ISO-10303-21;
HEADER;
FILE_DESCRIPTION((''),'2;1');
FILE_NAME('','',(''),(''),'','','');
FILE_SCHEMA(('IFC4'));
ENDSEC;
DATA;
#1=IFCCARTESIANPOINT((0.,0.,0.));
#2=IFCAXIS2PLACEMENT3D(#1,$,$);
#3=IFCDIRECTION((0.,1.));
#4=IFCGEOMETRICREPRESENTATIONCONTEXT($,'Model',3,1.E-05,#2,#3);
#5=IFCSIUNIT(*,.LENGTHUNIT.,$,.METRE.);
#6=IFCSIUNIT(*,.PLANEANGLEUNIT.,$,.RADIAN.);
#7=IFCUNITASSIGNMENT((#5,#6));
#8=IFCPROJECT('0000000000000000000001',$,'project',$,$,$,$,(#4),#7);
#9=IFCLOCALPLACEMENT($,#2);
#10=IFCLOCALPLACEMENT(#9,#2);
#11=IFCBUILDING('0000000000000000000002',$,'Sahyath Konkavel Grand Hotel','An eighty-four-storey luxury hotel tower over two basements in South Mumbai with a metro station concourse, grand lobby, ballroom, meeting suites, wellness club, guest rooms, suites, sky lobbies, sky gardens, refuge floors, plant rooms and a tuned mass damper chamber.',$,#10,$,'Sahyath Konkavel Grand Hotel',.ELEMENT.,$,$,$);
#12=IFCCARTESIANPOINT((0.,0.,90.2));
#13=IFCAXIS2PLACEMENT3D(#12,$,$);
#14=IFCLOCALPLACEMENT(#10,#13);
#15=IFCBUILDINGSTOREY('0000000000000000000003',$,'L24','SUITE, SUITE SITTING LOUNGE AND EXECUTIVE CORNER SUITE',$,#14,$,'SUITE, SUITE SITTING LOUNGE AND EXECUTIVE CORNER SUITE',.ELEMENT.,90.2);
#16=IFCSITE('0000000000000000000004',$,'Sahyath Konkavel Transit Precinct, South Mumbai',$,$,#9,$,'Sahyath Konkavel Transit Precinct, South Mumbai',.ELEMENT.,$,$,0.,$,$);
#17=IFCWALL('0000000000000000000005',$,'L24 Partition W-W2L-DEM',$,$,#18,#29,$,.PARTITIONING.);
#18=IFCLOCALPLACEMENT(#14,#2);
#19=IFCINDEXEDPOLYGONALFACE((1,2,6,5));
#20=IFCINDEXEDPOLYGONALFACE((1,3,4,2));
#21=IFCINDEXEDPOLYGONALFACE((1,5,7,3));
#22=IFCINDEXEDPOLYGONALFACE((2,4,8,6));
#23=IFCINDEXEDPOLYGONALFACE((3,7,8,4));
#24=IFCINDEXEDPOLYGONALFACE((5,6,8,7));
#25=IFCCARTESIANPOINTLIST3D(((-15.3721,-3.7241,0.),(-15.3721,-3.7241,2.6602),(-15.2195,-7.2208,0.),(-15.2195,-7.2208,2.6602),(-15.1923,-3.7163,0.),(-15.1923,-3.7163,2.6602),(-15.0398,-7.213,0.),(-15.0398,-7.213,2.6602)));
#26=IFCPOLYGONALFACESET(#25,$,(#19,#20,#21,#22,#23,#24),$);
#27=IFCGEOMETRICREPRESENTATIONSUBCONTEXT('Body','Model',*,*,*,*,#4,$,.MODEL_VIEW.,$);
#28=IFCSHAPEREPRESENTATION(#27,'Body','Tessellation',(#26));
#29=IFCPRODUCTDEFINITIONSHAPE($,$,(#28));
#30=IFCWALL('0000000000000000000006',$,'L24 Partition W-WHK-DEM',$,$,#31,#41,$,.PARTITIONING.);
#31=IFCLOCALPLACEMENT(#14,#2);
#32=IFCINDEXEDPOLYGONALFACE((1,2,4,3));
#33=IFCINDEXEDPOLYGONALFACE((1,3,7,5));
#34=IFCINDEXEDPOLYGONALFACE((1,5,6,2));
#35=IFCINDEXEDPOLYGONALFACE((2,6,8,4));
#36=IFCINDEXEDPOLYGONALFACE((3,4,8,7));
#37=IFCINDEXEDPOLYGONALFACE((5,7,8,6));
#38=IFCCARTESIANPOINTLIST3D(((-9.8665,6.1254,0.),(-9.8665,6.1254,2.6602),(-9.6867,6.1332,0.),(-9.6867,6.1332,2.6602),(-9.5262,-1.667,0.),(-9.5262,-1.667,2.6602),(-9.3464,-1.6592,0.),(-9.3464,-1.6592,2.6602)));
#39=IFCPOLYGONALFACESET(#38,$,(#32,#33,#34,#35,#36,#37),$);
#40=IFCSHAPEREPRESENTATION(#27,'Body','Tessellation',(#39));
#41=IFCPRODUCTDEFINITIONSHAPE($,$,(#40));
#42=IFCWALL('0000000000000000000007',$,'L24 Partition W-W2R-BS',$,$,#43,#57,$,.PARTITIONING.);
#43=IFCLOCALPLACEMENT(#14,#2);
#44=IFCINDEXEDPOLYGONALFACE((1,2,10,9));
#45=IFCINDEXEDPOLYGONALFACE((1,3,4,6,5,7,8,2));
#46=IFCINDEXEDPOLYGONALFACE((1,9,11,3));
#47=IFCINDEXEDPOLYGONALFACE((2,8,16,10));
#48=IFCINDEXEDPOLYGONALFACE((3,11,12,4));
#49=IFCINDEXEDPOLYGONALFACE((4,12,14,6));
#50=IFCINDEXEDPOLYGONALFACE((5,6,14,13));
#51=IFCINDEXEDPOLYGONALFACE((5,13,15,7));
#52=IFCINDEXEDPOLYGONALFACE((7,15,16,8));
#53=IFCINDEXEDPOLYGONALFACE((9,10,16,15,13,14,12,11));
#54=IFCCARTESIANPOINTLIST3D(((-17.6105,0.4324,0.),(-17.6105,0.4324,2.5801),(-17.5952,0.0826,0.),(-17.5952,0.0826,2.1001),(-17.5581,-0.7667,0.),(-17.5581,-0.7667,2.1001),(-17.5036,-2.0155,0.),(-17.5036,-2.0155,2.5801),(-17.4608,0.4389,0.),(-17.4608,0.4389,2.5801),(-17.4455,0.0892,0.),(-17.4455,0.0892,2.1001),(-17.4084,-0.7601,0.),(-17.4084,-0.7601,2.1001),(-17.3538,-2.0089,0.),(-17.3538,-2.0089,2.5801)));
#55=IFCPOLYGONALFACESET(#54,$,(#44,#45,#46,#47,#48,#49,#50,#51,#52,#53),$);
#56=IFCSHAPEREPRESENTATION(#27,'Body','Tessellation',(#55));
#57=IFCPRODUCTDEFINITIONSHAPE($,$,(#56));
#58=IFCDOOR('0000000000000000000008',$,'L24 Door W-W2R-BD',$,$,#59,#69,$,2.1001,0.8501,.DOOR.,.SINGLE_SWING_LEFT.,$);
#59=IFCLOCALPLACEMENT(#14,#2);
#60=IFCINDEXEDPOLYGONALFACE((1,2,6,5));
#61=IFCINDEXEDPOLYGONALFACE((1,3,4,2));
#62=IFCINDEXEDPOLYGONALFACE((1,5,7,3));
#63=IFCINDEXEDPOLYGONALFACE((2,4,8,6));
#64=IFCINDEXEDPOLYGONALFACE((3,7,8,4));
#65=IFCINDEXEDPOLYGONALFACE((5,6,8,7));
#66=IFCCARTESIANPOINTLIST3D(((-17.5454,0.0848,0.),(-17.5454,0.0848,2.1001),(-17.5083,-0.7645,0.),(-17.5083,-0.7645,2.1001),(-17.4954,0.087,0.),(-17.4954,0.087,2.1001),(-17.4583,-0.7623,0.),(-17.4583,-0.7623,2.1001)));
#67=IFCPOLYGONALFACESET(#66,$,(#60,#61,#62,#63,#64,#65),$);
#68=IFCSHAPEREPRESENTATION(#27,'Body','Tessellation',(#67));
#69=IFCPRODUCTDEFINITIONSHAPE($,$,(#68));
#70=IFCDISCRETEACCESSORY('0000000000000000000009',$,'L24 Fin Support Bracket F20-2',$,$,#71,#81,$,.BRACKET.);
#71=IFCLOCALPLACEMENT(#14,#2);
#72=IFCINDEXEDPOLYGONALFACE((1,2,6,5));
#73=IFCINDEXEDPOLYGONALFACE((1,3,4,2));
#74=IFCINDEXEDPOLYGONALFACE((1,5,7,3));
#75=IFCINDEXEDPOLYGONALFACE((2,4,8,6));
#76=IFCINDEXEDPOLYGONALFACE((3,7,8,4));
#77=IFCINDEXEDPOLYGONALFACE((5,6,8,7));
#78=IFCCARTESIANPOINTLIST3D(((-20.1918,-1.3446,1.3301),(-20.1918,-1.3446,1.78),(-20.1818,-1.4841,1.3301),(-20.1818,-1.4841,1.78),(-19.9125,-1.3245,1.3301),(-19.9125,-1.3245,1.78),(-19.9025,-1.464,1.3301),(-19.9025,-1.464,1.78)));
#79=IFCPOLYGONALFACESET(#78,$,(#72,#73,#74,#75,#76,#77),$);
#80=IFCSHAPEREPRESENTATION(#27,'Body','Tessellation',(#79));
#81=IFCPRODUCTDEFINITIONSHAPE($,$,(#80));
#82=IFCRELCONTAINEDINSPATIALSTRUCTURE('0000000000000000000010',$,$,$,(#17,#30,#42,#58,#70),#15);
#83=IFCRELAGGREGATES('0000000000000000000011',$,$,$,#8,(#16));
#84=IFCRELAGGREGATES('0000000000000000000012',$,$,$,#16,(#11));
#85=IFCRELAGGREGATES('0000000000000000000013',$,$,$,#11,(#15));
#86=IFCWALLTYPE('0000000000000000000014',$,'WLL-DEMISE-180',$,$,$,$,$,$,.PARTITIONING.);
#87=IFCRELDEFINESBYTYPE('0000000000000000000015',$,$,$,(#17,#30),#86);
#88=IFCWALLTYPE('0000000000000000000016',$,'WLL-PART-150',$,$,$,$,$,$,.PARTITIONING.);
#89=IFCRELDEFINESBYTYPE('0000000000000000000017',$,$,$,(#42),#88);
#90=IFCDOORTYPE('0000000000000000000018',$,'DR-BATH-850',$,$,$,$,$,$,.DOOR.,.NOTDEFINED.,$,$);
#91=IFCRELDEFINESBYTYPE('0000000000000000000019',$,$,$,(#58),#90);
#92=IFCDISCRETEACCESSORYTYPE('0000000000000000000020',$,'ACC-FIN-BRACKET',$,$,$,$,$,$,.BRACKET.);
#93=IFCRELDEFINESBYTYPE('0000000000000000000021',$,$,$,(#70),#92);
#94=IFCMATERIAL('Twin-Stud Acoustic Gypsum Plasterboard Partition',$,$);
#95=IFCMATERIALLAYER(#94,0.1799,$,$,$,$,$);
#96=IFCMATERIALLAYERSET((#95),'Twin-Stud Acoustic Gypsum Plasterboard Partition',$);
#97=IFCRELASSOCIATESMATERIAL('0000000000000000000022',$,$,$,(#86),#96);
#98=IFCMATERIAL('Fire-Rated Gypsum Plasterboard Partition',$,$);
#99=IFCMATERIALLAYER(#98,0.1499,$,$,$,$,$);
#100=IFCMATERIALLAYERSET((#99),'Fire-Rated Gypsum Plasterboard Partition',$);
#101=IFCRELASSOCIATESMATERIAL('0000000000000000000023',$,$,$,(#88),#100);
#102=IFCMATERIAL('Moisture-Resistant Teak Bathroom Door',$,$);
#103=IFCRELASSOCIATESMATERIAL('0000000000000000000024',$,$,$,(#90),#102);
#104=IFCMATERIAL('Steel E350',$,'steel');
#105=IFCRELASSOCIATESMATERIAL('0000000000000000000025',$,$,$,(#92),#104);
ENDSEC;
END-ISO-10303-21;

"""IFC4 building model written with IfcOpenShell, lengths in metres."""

from ifc_helpers import new_model, si_unit, direction, frame, frame_2d, origin, origin_2d, place, context, subcontext, project, spatial, rectangle, extrude, source, transform, mapped, material, layer, layer_set, type_object, element, fill, save


model = new_model("IFC4")

# Units and contexts
model_context = context("Model", 3, precision=1e-05, world=origin(), true_north=direction((0.0, 1.0)))
body_context = subcontext(model_context, "Body", "Model", "MODEL_VIEW")
ifc_project = project(units=[si_unit("LENGTHUNIT", "METRE"), si_unit("PLANEANGLEUNIT", "RADIAN")], contexts=[model_context])

# Site, building, storey
site_placement = place(None, origin())
site = spatial("IfcSite", under=ifc_project, at=site_placement, Name="Sahyath Konkavel Transit Precinct, South Mumbai", LongName="Sahyath Konkavel Transit Precinct, South Mumbai", CompositionType="ELEMENT", RefElevation=0.0)
building_placement = place(site_placement, origin())
building = spatial("IfcBuilding", under=site, at=building_placement, Name="Sahyath Konkavel Grand Hotel", Description="An eighty-four-storey luxury hotel tower over two basements in South Mumbai with a metro station concourse, grand lobby, ballroom, meeting suites, wellness club, guest rooms, suites, sky lobbies, sky gardens, refuge floors, plant rooms and a tuned mass damper chamber.", LongName="Sahyath Konkavel Grand Hotel", CompositionType="ELEMENT")
storey_placement = place(building_placement, frame((0.0, 0.0, 90.2)))
storey = spatial("IfcBuildingStorey", under=building, at=storey_placement, Name="L24", Description="SUITE, SUITE SITTING LOUNGE AND EXECUTIVE CORNER SUITE", LongName="SUITE, SUITE SITTING LOUNGE AND EXECUTIVE CORNER SUITE", CompositionType="ELEMENT", Elevation=90.2)

# Shared definitions
ifc_material_1 = material(Name="Steel E350", Category="steel")

# Walls
ifc_material_2 = material(Name="Twin-Stud Acoustic Gypsum Plasterboard Partition")
ifc_layer_1 = layer(ifc_material_2, 0.1799)
ifc_layer_set_1 = layer_set([ifc_layer_1], Name="Twin-Stud Acoustic Gypsum Plasterboard Partition")
wall_type_1 = type_object("IfcWallType", Name="WLL-DEMISE-180", PredefinedType="PARTITIONING", material=ifc_layer_set_1)
wall_1_placement = place(storey_placement, frame((-15.2822, -3.7202, 0.0), z_axis=(0.0, 0.0, 1.0), x_axis=(0.043598, -0.999049, 0.0)))
element("IfcWall", 1, at=wall_1_placement, inside=storey, type_object=wall_type_1, Name="L24 Partition W-W2L-DEM", PredefinedType="PARTITIONING", context=body_context, shape_type="SweptSolid", body=[
    extrude(rectangle(XDim=3.5, YDim=0.1799, at=frame_2d((1.75, 0.0))), origin(), (0.0, 0.0, 1.0), 2.6602),
])
wall_2_placement = place(storey_placement, frame((-9.4363, -1.6631, 0.0), z_axis=(0.0, 0.0, 1.0), x_axis=(-0.043633, 0.999048, 0.0)))
element("IfcWall", 2, at=wall_2_placement, inside=storey, type_object=wall_type_1, Name="L24 Partition W-WHK-DEM", PredefinedType="PARTITIONING", context=body_context, shape_type="SweptSolid", body=[
    extrude(rectangle(XDim=7.7998, YDim=0.1799, at=frame_2d((3.8999, 0.0))), origin(), (0.0, 0.0, 1.0), 2.6602),
])

# Wall, opening, door
ifc_material_3 = material(Name="Fire-Rated Gypsum Plasterboard Partition")
ifc_layer_2 = layer(ifc_material_3, 0.1499)
ifc_layer_set_2 = layer_set([ifc_layer_2], Name="Fire-Rated Gypsum Plasterboard Partition")
wall_type_2 = type_object("IfcWallType", Name="WLL-PART-150", PredefinedType="PARTITIONING", material=ifc_layer_set_2)
wall_3_placement = place(storey_placement, frame((-17.4287, -2.0122, 0.0), z_axis=(0.0, 0.0, 1.0), x_axis=(-0.043645, 0.999047, 0.0)))
wall_3 = element("IfcWall", 3, at=wall_3_placement, inside=storey, type_object=wall_type_2, Name="L24 Partition W-W2R-BS", PredefinedType="PARTITIONING", context=body_context, shape_type="SweptSolid", body=[
    extrude(rectangle(XDim=2.4502, YDim=0.1499, at=frame_2d((1.2251, 0.0))), origin(), (0.0, 0.0, 1.0), 2.5801),
])
opening_placement = place(wall_3_placement, frame((1.25, 0.0, 0.0)))
opening = element("IfcOpeningElement", 4, at=opening_placement, cuts=wall_3, PredefinedType="OPENING", context=body_context, shape_type="SweptSolid", body=[
    extrude(rectangle(XDim=0.8501, YDim=2.1001, at=frame_2d((0.425, 1.05))), frame((0.0, 0.085, 0.0), z_axis=(0.0, -1.0, 0.0), x_axis=(1.0, 0.0, 0.0)), (0.0, 0.0, 1.0), 0.1699),
])
ifc_material_4 = material(Name="Moisture-Resistant Teak Bathroom Door")
door_type = type_object("IfcDoorType", Name="DR-BATH-850", OperationType="NOTDEFINED", PredefinedType="DOOR", material=ifc_material_4)
shared_shape_1 = source(origin(), body_context, "Body", "SweptSolid", [
    extrude(rectangle(XDim=0.8501, YDim=0.05, at=origin_2d()), origin(), (0.0, 0.0, 1.0), 2.1001),
])
door_placement = place(opening_placement, frame((0.425, 0.0, 0.0)))
door = element("IfcDoor", 5, at=door_placement, inside=storey, type_object=door_type, Name="L24 Door W-W2R-BD", OperationType="SINGLE_SWING_LEFT", OverallHeight=2.1001, OverallWidth=0.8501, PredefinedType="DOOR", context=body_context, shape_type="MappedRepresentation", body=[
    mapped(shared_shape_1, transform((0.0, 0.0, 0.0), scale=1.0)),
])
fill(opening, door)

# Discrete accessory
discrete_accessory_type = type_object("IfcDiscreteAccessoryType", Name="ACC-FIN-BRACKET", PredefinedType="BRACKET", material=ifc_material_1)
shared_shape_2 = source(origin(), body_context, "Body", "SweptSolid", [
    extrude(rectangle(XDim=0.28, YDim=0.1399, at=origin_2d()), origin(), (0.0, 0.0, 1.0), 0.45),
])
discrete_accessory_placement = place(storey_placement, frame((-20.0471, -1.4043, 1.3301), z_axis=(0.0, 0.0, 1.0), x_axis=(-0.997436, -0.071567, 0.0)))
element("IfcDiscreteAccessory", 6, at=discrete_accessory_placement, inside=storey, type_object=discrete_accessory_type, Name="L24 Fin Support Bracket F20-2", PredefinedType="BRACKET", context=body_context, shape_type="MappedRepresentation", body=[
    mapped(shared_shape_2, transform((0.0, 0.0, 0.0), scale=1.0)),
])

save(model, "model.ifc")
